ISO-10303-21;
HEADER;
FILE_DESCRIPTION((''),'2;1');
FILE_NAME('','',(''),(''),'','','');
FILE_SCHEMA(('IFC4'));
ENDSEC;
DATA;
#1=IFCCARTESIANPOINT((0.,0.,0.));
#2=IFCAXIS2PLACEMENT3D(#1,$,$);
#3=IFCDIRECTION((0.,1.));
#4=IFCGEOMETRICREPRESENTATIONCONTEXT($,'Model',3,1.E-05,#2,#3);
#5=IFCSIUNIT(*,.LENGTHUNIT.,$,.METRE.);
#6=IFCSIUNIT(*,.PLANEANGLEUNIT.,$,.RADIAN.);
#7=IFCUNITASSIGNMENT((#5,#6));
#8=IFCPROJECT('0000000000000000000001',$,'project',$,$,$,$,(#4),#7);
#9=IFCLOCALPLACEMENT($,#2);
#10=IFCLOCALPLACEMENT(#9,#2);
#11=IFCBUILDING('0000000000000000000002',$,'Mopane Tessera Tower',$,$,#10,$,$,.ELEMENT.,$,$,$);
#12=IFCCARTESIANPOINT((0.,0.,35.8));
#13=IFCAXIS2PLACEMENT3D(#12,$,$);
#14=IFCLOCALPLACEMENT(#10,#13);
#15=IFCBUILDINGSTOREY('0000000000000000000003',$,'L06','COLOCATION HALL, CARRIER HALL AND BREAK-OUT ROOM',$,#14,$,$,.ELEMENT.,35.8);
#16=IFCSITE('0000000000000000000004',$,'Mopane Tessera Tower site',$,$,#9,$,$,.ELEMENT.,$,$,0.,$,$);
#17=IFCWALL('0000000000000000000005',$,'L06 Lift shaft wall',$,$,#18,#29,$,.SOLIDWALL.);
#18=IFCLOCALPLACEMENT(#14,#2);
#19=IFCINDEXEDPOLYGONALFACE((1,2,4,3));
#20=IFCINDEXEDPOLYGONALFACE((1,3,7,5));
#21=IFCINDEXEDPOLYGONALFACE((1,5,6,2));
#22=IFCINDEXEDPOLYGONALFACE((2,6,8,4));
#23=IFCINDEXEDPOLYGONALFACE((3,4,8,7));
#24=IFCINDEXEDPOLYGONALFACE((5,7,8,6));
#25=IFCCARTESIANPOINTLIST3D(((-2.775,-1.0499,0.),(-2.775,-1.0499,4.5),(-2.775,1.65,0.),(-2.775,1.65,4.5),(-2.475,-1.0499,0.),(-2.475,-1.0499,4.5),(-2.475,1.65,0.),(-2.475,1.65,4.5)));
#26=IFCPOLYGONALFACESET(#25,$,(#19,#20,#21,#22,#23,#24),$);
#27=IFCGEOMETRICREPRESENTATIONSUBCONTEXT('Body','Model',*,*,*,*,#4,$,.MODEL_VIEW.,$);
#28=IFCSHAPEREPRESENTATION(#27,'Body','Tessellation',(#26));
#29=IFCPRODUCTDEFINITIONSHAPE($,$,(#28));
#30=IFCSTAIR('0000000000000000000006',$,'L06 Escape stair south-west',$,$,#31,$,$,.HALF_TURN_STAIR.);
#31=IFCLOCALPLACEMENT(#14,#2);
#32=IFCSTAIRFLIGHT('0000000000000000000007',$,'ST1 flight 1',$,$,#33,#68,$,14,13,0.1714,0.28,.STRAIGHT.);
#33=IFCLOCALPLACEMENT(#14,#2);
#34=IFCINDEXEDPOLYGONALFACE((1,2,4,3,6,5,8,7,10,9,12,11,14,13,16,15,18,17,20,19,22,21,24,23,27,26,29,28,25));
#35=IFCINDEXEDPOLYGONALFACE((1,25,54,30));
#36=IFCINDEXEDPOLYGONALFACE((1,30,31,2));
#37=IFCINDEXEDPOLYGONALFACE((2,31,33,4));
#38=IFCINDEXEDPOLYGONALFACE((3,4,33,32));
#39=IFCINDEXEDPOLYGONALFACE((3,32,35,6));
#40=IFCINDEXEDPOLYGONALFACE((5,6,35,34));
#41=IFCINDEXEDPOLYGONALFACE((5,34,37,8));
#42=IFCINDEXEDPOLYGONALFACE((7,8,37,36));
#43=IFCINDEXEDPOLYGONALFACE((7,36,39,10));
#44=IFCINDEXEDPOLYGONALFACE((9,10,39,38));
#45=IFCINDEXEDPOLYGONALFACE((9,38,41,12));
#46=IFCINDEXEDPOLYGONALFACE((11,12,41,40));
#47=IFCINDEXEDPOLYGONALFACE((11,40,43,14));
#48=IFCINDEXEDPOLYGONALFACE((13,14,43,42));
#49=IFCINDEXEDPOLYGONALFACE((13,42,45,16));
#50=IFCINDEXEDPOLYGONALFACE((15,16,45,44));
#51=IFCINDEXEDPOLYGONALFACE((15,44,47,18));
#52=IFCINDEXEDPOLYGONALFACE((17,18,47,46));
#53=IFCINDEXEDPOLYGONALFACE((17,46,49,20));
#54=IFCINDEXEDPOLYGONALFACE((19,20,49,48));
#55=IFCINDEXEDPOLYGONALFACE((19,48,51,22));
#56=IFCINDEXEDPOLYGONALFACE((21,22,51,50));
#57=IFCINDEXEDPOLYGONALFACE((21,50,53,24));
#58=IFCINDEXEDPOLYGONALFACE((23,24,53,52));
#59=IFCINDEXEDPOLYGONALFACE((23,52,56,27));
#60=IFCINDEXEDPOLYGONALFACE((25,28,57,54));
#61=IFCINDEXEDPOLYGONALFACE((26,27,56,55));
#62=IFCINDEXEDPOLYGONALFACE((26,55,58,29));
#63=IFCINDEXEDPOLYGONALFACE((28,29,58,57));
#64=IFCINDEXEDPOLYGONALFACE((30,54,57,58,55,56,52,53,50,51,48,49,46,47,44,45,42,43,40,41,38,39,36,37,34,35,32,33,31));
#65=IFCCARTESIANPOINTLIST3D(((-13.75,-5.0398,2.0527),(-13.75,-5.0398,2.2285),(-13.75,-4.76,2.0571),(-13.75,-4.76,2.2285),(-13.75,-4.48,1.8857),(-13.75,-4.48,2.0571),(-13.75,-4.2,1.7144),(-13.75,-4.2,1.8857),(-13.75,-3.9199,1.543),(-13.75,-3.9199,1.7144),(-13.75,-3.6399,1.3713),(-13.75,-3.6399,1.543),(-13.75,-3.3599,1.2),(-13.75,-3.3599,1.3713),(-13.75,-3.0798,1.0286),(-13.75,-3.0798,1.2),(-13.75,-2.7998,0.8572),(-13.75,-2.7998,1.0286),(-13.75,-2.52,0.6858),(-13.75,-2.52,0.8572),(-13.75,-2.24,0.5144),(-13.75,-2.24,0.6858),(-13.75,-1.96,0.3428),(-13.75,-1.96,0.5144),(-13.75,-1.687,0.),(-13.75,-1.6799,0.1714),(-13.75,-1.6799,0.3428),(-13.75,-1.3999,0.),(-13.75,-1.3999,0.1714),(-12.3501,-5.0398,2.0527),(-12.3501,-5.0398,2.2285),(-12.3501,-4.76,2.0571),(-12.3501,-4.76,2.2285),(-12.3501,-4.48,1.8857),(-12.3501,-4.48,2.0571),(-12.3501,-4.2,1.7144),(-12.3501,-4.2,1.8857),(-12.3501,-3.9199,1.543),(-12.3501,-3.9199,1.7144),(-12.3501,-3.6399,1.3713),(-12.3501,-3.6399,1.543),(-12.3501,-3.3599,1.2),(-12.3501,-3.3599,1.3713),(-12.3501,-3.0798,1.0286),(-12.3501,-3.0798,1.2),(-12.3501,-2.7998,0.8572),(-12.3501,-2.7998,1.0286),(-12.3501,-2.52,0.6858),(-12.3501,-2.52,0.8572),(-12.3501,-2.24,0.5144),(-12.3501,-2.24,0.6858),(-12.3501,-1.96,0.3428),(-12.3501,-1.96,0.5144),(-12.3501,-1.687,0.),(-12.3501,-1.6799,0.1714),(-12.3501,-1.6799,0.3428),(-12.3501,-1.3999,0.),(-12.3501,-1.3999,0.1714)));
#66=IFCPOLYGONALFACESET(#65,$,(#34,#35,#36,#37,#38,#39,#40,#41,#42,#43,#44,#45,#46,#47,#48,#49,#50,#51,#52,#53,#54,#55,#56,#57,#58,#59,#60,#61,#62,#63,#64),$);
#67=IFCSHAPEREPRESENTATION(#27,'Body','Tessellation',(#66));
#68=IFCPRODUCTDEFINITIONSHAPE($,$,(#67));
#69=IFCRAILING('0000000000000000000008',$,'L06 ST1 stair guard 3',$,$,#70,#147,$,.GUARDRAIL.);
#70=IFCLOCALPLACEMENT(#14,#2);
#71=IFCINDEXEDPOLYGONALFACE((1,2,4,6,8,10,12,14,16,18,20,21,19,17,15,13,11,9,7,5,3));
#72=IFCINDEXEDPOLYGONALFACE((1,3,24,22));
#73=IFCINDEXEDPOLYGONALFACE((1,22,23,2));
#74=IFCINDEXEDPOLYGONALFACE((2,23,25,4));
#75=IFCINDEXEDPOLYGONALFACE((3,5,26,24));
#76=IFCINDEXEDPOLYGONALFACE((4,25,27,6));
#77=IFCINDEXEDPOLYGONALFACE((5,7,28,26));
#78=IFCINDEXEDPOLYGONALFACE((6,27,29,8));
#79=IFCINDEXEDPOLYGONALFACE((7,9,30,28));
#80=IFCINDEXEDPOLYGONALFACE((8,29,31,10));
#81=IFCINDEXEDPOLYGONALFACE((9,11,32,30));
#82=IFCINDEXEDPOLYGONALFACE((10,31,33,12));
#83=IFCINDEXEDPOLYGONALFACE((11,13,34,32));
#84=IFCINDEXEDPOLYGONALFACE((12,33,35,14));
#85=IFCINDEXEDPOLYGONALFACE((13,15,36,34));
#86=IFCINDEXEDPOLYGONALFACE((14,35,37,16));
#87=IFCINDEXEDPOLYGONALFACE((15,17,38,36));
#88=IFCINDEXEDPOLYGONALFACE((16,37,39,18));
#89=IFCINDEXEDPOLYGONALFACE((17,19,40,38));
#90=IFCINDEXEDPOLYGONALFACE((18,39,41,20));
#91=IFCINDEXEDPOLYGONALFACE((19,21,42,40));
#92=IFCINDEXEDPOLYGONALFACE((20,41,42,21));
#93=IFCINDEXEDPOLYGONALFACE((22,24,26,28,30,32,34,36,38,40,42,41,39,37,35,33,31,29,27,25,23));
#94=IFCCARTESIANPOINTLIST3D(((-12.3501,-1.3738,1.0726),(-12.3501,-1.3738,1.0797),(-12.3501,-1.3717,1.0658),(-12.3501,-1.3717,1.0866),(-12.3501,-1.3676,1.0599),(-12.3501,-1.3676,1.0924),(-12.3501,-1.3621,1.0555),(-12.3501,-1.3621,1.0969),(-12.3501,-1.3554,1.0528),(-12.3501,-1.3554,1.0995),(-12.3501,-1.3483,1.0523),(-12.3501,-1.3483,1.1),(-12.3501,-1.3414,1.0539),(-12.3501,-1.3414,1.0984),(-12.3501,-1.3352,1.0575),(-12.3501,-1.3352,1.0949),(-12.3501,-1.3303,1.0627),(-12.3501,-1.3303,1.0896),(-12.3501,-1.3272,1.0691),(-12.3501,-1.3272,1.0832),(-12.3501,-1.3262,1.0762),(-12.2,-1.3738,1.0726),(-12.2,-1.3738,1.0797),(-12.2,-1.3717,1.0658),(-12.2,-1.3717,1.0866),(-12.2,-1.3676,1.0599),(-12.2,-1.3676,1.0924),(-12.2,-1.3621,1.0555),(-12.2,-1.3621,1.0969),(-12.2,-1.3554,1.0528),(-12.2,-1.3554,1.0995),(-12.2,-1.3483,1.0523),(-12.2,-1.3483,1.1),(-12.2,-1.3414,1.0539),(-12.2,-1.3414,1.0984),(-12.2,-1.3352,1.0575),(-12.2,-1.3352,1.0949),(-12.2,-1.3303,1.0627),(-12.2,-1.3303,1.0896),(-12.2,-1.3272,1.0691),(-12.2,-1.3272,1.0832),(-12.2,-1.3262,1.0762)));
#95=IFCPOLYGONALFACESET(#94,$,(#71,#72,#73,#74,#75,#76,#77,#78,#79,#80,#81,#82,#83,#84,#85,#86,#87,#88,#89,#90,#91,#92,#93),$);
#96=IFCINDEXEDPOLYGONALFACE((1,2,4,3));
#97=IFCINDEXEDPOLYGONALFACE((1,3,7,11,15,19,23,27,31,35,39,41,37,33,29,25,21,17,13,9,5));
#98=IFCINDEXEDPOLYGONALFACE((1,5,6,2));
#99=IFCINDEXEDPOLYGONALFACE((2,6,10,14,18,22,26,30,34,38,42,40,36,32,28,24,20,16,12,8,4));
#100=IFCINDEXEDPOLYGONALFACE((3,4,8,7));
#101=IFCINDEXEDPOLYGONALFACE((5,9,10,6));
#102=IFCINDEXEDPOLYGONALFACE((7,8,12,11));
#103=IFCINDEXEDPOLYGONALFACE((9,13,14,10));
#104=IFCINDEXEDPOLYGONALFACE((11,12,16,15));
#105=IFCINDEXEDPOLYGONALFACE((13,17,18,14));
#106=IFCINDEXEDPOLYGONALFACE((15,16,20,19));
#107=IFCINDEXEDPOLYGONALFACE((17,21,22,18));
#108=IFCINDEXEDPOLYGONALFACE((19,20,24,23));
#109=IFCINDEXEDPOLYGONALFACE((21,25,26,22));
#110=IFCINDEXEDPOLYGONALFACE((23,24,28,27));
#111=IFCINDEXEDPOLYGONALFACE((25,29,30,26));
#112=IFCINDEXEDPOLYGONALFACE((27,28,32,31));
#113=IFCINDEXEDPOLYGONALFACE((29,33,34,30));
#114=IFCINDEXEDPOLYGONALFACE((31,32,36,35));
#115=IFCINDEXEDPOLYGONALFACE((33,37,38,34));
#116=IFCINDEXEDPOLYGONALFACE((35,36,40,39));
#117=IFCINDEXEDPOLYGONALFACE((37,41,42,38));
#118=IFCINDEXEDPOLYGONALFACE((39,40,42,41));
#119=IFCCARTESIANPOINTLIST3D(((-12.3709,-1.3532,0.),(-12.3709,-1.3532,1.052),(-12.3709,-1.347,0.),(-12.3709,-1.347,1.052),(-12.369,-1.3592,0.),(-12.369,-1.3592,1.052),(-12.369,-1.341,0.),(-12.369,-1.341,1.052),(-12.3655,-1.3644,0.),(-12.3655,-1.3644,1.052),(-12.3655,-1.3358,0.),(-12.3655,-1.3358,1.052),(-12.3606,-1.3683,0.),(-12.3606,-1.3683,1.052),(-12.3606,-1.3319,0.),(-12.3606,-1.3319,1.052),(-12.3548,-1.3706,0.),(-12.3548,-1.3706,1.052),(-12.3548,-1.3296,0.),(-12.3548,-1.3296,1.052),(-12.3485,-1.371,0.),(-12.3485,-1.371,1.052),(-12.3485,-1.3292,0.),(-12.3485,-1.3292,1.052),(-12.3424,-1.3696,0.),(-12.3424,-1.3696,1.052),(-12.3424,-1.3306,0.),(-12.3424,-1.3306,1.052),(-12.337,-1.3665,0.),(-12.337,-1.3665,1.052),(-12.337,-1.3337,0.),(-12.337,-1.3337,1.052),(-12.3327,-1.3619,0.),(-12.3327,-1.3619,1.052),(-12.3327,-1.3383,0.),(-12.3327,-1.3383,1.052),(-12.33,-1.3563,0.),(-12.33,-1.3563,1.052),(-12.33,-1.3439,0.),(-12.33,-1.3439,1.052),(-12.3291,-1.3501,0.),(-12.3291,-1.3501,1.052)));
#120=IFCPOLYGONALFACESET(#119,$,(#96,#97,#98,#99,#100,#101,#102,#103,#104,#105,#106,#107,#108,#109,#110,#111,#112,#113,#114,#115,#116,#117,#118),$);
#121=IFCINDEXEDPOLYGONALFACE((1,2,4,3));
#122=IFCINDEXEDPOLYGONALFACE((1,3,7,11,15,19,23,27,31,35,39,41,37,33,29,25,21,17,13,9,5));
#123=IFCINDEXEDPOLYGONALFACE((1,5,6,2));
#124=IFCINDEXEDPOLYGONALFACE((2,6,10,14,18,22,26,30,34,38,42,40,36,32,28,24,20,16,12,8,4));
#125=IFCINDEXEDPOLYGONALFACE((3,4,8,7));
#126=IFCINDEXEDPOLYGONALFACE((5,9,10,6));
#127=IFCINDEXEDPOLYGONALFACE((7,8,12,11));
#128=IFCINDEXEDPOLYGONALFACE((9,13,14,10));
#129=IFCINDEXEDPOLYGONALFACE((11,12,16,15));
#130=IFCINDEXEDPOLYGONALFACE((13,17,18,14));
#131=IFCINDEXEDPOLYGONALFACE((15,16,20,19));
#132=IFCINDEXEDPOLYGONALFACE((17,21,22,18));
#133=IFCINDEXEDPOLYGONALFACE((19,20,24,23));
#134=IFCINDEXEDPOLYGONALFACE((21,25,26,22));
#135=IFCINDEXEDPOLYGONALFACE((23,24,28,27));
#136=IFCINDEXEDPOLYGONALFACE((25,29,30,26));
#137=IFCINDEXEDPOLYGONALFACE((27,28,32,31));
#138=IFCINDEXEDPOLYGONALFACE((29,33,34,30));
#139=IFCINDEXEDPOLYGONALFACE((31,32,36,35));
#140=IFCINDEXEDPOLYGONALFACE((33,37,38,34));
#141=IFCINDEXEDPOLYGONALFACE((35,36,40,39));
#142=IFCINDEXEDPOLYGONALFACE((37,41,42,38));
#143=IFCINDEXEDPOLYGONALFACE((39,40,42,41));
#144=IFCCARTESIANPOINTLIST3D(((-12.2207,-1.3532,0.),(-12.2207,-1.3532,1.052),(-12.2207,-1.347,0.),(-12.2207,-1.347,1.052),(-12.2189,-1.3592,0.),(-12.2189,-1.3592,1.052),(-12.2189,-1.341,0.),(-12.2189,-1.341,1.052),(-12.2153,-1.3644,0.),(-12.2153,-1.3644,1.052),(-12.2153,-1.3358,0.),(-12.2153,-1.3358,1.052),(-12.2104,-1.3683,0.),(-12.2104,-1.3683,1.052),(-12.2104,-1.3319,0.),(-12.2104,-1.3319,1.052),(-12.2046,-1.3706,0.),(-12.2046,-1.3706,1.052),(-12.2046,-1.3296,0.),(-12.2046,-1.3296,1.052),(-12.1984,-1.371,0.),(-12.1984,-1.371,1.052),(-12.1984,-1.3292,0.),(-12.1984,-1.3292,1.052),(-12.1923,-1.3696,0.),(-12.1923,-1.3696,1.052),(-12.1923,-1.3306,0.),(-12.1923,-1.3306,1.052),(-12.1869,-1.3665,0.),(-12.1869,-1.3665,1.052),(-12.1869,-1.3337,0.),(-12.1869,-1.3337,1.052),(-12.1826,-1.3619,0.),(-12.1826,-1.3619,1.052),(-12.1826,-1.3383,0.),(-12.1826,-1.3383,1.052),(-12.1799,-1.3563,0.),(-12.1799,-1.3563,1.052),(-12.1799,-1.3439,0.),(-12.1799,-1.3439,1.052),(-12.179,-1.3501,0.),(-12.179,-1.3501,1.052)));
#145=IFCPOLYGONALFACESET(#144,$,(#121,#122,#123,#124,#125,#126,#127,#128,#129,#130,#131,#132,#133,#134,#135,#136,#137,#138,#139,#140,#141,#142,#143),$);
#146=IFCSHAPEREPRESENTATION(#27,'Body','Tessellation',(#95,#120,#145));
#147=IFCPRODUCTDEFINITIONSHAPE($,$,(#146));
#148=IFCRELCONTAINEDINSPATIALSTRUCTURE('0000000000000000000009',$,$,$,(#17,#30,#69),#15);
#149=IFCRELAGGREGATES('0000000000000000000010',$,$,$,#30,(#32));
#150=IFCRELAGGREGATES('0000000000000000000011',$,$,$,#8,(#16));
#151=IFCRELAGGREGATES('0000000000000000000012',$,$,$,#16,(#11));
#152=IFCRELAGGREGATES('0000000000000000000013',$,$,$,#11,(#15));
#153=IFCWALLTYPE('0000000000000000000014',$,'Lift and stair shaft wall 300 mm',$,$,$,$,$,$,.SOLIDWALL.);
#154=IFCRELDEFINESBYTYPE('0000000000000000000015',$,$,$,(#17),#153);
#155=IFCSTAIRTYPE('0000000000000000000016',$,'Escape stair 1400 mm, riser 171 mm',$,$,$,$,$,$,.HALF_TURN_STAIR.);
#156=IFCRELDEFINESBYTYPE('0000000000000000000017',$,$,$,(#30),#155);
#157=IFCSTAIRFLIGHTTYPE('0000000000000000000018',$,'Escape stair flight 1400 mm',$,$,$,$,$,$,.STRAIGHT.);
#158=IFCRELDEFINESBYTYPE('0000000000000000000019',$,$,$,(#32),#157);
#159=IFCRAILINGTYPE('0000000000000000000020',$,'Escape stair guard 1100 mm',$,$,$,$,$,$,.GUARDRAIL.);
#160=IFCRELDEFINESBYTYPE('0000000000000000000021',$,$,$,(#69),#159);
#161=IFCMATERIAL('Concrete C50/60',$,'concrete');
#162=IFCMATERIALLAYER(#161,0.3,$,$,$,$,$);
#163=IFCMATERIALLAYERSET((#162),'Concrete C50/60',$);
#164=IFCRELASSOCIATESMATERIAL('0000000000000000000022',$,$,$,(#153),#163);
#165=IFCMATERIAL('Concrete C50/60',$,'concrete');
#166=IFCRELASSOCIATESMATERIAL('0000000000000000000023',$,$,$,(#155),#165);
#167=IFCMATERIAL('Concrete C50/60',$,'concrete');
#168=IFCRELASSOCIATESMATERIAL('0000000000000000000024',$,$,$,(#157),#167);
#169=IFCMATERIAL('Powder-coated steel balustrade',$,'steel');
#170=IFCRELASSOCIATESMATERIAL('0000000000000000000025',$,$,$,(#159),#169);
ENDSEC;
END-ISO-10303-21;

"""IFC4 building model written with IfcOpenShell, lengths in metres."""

from ifc_helpers import new_model, si_unit, direction, frame, frame_2d, origin, origin_2d, place, context, subcontext, project, spatial, polyline, rectangle, circle, outline, extrude, material, layer, layer_set, type_object, element, aggregate, save


model = new_model("IFC4")

# Units and contexts
model_context = context("Model", 3, precision=1e-05, world=origin(), true_north=direction((0.0, 1.0)))
body_context = subcontext(model_context, "Body", "Model", "MODEL_VIEW")
ifc_project = project(units=[si_unit("LENGTHUNIT", "METRE"), si_unit("PLANEANGLEUNIT", "RADIAN")], contexts=[model_context])

# Site, building, storey
site_placement = place(None, origin())
site = spatial("IfcSite", under=ifc_project, at=site_placement, Name="Mopane Tessera Tower site", CompositionType="ELEMENT", RefElevation=0.0)
building_placement = place(site_placement, origin())
building = spatial("IfcBuilding", under=site, at=building_placement, Name="Mopane Tessera Tower", CompositionType="ELEMENT")
storey_placement = place(building_placement, frame((0.0, 0.0, 35.8)))
storey = spatial("IfcBuildingStorey", under=building, at=storey_placement, Name="L06", Description="COLOCATION HALL, CARRIER HALL AND BREAK-OUT ROOM", CompositionType="ELEMENT", Elevation=35.8)

# Shared definitions
ifc_material_1 = material(Name="Concrete C50/60", Category="concrete")
ifc_layer_1 = layer(ifc_material_1, 0.3)
ifc_layer_set_1 = layer_set([ifc_layer_1], Name="Concrete C50/60")
wall_type_1 = type_object("IfcWallType", Name="Lift and stair shaft wall 300 mm", PredefinedType="SOLIDWALL", material=ifc_layer_set_1)

# Wall
for number, where, z_axis, x_axis, name in (
    (1, (-2.625, -1.05, 0.0), (0.0, 0.0, 1.0), (0.0, 1.0, 0.0), "L06 Lift shaft wall"),
):
    element("IfcWall", number, at=place(storey_placement, frame(where, z_axis=z_axis, x_axis=x_axis)), inside=storey, type_object=wall_type_1, Name=name, PredefinedType="SOLIDWALL", context=body_context, shape_type="SweptSolid", body=[
        extrude(rectangle(XDim=2.7, YDim=0.3, at=frame_2d((1.3501, 0.0))), origin(), (0.0, 0.0, 1.0), 4.5),
    ])

# Stair, stair flight
ifc_material_2 = material(Name="Concrete C50/60", Category="concrete")
stair_type = type_object("IfcStairType", Name="Escape stair 1400 mm, riser 171 mm", PredefinedType="HALF_TURN_STAIR", material=ifc_material_2)
stair_placement = place(storey_placement, origin())
stair = element("IfcStair", 2, at=stair_placement, inside=storey, type_object=stair_type, Name="L06 Escape stair south-west", PredefinedType="HALF_TURN_STAIR")
ifc_material_3 = material(Name="Concrete C50/60", Category="concrete")
stair_flight_type = type_object("IfcStairFlightType", Name="Escape stair flight 1400 mm", PredefinedType="STRAIGHT", material=ifc_material_3)
stair_flight_placement = place(storey_placement, frame((-13.05, -1.3999, 0.0), z_axis=(0.0, 0.0, 1.0), x_axis=(0.0, -1.0, 0.0)))
stair_flight = element("IfcStairFlight", 3, at=stair_flight_placement, type_object=stair_flight_type, Name="ST1 flight 1", NumberOfRisers=14, NumberOfTreads=13, PredefinedType="STRAIGHT", RiserHeight=0.1714, TreadLength=0.28, context=body_context, shape_type="SweptSolid", body=[
    extrude(outline(polyline([(0.0, 0.0), (0.0, 0.1714), (0.28, 0.1714), (0.28, 0.3428), (0.5601, 0.3428), (0.5601, 0.5144), (0.8401, 0.5144), (0.8401, 0.6858), (1.1201, 0.6858), (1.1201, 0.8572), (1.3999, 0.8572), (1.3999, 1.0286), (1.6799, 1.0286), (1.6799, 1.2), (1.96, 1.2), (1.96, 1.3713), (2.24, 1.3713), (2.24, 1.543), (2.52, 1.543), (2.52, 1.7144), (2.8, 1.7144), (2.8, 1.8857), (3.0801, 1.8857), (3.0801, 2.0571), (3.3601, 2.0571), (3.3601, 2.2285), (3.6399, 2.2285), (3.6399, 2.3999), (3.6399, 2.0527), (0.2871, 0.0), (0.0, 0.0)])), frame((0.0, 0.7, 0.0), z_axis=(0.0, -1.0, 0.0), x_axis=(1.0, 0.0, 0.0)), (0.0, 0.0, 1.0), 1.3999),
])
aggregate(stair, [stair_flight])

# Railing
ifc_material_4 = material(Name="Powder-coated steel balustrade", Category="steel")
railing_type_1 = type_object("IfcRailingType", Name="Escape stair guard 1100 mm", PredefinedType="GUARDRAIL", material=ifc_material_4)
railing_1_placement = place(storey_placement, frame((-12.3501, -1.3501, 0.0)))
element("IfcRailing", 4, at=railing_1_placement, inside=storey, type_object=railing_type_1, Name="L06 ST1 stair guard 3", PredefinedType="GUARDRAIL", context=body_context, shape_type="SweptSolid", body=[
    extrude(circle(Radius=0.0239, at=origin_2d()), frame((0.0, 0.0, 1.0762), z_axis=(1.0, 0.0, 0.0), x_axis=(0.0, 1.0, 0.0)), (0.0, 0.0, 1.0), 0.1501),
    extrude(circle(Radius=0.021, at=origin_2d()), origin(), (0.0, 0.0, 1.0), 1.052),
    extrude(circle(Radius=0.021, at=origin_2d()), frame((0.1501, 0.0, 0.0)), (0.0, 0.0, 1.0), 1.052),
])

save(model, "model.ifc")
